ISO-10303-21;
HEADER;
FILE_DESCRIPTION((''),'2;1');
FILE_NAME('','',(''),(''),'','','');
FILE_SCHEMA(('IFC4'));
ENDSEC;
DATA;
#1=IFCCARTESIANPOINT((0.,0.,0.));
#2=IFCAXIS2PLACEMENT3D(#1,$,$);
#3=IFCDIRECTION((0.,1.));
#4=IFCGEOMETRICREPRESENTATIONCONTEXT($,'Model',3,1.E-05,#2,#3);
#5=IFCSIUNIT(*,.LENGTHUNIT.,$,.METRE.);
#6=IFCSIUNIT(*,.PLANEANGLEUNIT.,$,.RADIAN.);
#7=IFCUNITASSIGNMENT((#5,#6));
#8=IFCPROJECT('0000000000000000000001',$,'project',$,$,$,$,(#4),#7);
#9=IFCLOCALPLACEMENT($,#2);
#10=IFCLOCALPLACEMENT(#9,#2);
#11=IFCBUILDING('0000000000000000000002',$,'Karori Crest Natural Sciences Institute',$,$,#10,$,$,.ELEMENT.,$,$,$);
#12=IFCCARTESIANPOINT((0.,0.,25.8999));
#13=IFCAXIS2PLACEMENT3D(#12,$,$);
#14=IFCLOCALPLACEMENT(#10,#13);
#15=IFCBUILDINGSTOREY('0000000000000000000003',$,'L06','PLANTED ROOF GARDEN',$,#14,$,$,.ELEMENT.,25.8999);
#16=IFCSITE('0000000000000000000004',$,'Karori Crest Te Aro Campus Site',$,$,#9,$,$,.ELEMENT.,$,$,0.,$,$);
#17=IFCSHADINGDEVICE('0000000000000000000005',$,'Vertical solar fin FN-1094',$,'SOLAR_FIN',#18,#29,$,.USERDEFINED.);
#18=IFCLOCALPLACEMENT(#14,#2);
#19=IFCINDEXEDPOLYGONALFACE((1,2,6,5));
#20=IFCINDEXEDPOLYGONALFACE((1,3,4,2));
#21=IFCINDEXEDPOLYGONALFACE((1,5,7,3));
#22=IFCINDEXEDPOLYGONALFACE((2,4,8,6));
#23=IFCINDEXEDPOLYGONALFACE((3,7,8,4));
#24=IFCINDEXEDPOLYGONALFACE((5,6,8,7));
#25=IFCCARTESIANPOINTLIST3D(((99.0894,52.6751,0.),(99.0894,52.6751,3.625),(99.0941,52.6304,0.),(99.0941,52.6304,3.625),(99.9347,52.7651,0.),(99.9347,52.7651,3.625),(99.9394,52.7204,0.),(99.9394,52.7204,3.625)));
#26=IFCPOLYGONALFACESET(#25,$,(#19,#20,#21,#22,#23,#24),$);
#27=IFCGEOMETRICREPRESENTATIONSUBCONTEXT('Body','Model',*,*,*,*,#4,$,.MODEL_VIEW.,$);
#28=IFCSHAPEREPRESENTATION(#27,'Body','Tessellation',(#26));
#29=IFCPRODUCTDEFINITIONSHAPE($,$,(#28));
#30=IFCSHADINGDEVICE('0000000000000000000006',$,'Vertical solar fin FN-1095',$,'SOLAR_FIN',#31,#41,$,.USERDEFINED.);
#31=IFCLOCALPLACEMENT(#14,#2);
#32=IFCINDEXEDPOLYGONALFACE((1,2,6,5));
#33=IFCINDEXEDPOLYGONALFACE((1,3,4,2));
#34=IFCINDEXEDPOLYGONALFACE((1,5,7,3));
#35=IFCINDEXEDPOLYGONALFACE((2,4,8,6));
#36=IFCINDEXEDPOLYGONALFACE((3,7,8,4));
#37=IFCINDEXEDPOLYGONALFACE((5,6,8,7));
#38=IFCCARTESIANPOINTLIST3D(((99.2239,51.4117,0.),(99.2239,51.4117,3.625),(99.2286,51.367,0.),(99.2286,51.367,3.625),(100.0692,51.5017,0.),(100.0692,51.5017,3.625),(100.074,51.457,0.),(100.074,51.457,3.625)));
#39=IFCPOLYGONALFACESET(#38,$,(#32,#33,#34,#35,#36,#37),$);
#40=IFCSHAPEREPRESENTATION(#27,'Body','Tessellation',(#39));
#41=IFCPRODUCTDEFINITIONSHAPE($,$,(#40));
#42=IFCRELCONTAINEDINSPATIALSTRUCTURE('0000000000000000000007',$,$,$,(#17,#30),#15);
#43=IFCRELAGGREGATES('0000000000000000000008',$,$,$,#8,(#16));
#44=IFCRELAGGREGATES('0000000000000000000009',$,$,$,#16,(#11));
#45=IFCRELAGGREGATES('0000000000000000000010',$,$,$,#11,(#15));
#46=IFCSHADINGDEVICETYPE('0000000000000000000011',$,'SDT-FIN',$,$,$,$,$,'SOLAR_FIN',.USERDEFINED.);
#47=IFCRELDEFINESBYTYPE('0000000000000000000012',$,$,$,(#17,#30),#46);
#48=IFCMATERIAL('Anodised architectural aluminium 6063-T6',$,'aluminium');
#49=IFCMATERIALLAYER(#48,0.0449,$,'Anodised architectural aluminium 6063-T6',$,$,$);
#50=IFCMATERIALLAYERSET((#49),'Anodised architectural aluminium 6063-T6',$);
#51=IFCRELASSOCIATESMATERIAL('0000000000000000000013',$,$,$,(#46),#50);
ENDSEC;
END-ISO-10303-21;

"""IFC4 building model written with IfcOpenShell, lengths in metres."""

from ifc_helpers import new_model, si_unit, direction, frame, origin, origin_2d, place, context, subcontext, project, spatial, rectangle, extrude, material, layer, layer_set, type_object, element, save


model = new_model("IFC4")

# Units and contexts
model_context = context("Model", 3, precision=1e-05, world=origin(), true_north=direction((0.0, 1.0)))
body_context = subcontext(model_context, "Body", "Model", "MODEL_VIEW")
ifc_project = project(units=[si_unit("LENGTHUNIT", "METRE"), si_unit("PLANEANGLEUNIT", "RADIAN")], contexts=[model_context])

# Site, building, storey
site_placement = place(None, origin())
site = spatial("IfcSite", under=ifc_project, at=site_placement, Name="Karori Crest Te Aro Campus Site", CompositionType="ELEMENT", RefElevation=0.0)
building_placement = place(site_placement, origin())
building = spatial("IfcBuilding", under=site, at=building_placement, Name="Karori Crest Natural Sciences Institute", CompositionType="ELEMENT")
storey_placement = place(building_placement, frame((0.0, 0.0, 25.8999)))
storey = spatial("IfcBuildingStorey", under=building, at=storey_placement, Name="L06", Description="PLANTED ROOF GARDEN", CompositionType="ELEMENT", Elevation=25.8999)

# Shared definitions
ifc_material_1 = material(Name="Anodised architectural aluminium 6063-T6", Category="aluminium")

# Shading devices
ifc_layer_1 = layer(ifc_material_1, 0.0449, Name="Anodised architectural aluminium 6063-T6")
ifc_layer_set_1 = layer_set([ifc_layer_1], Name="Anodised architectural aluminium 6063-T6")
shading_device_type = type_object("IfcShadingDeviceType", Name="SDT-FIN", ElementType="SOLAR_FIN", PredefinedType="USERDEFINED", material=ifc_layer_set_1)
for number, where, z_axis, x_axis, name in (
    (1, (99.5144, 52.6978, 0.0), (0.0, 0.0, 1.0), (0.994378, 0.105884, 0.0), "Vertical solar fin FN-1094"),
    (2, (99.6489, 51.4343, 0.0), (0.0, 0.0, 1.0), (0.994378, 0.105884, 0.0), "Vertical solar fin FN-1095"),
):
    element("IfcShadingDevice", number, at=place(storey_placement, frame(where, z_axis=z_axis, x_axis=x_axis)), inside=storey, type_object=shading_device_type, Name=name, ObjectType="SOLAR_FIN", PredefinedType="USERDEFINED", context=body_context, shape_type="SweptSolid", body=[
        extrude(rectangle(XDim=0.8501, YDim=0.0449, at=origin_2d()), origin(), (0.0, 0.0, 1.0), 3.625),
    ])

save(model, "model.ifc")
